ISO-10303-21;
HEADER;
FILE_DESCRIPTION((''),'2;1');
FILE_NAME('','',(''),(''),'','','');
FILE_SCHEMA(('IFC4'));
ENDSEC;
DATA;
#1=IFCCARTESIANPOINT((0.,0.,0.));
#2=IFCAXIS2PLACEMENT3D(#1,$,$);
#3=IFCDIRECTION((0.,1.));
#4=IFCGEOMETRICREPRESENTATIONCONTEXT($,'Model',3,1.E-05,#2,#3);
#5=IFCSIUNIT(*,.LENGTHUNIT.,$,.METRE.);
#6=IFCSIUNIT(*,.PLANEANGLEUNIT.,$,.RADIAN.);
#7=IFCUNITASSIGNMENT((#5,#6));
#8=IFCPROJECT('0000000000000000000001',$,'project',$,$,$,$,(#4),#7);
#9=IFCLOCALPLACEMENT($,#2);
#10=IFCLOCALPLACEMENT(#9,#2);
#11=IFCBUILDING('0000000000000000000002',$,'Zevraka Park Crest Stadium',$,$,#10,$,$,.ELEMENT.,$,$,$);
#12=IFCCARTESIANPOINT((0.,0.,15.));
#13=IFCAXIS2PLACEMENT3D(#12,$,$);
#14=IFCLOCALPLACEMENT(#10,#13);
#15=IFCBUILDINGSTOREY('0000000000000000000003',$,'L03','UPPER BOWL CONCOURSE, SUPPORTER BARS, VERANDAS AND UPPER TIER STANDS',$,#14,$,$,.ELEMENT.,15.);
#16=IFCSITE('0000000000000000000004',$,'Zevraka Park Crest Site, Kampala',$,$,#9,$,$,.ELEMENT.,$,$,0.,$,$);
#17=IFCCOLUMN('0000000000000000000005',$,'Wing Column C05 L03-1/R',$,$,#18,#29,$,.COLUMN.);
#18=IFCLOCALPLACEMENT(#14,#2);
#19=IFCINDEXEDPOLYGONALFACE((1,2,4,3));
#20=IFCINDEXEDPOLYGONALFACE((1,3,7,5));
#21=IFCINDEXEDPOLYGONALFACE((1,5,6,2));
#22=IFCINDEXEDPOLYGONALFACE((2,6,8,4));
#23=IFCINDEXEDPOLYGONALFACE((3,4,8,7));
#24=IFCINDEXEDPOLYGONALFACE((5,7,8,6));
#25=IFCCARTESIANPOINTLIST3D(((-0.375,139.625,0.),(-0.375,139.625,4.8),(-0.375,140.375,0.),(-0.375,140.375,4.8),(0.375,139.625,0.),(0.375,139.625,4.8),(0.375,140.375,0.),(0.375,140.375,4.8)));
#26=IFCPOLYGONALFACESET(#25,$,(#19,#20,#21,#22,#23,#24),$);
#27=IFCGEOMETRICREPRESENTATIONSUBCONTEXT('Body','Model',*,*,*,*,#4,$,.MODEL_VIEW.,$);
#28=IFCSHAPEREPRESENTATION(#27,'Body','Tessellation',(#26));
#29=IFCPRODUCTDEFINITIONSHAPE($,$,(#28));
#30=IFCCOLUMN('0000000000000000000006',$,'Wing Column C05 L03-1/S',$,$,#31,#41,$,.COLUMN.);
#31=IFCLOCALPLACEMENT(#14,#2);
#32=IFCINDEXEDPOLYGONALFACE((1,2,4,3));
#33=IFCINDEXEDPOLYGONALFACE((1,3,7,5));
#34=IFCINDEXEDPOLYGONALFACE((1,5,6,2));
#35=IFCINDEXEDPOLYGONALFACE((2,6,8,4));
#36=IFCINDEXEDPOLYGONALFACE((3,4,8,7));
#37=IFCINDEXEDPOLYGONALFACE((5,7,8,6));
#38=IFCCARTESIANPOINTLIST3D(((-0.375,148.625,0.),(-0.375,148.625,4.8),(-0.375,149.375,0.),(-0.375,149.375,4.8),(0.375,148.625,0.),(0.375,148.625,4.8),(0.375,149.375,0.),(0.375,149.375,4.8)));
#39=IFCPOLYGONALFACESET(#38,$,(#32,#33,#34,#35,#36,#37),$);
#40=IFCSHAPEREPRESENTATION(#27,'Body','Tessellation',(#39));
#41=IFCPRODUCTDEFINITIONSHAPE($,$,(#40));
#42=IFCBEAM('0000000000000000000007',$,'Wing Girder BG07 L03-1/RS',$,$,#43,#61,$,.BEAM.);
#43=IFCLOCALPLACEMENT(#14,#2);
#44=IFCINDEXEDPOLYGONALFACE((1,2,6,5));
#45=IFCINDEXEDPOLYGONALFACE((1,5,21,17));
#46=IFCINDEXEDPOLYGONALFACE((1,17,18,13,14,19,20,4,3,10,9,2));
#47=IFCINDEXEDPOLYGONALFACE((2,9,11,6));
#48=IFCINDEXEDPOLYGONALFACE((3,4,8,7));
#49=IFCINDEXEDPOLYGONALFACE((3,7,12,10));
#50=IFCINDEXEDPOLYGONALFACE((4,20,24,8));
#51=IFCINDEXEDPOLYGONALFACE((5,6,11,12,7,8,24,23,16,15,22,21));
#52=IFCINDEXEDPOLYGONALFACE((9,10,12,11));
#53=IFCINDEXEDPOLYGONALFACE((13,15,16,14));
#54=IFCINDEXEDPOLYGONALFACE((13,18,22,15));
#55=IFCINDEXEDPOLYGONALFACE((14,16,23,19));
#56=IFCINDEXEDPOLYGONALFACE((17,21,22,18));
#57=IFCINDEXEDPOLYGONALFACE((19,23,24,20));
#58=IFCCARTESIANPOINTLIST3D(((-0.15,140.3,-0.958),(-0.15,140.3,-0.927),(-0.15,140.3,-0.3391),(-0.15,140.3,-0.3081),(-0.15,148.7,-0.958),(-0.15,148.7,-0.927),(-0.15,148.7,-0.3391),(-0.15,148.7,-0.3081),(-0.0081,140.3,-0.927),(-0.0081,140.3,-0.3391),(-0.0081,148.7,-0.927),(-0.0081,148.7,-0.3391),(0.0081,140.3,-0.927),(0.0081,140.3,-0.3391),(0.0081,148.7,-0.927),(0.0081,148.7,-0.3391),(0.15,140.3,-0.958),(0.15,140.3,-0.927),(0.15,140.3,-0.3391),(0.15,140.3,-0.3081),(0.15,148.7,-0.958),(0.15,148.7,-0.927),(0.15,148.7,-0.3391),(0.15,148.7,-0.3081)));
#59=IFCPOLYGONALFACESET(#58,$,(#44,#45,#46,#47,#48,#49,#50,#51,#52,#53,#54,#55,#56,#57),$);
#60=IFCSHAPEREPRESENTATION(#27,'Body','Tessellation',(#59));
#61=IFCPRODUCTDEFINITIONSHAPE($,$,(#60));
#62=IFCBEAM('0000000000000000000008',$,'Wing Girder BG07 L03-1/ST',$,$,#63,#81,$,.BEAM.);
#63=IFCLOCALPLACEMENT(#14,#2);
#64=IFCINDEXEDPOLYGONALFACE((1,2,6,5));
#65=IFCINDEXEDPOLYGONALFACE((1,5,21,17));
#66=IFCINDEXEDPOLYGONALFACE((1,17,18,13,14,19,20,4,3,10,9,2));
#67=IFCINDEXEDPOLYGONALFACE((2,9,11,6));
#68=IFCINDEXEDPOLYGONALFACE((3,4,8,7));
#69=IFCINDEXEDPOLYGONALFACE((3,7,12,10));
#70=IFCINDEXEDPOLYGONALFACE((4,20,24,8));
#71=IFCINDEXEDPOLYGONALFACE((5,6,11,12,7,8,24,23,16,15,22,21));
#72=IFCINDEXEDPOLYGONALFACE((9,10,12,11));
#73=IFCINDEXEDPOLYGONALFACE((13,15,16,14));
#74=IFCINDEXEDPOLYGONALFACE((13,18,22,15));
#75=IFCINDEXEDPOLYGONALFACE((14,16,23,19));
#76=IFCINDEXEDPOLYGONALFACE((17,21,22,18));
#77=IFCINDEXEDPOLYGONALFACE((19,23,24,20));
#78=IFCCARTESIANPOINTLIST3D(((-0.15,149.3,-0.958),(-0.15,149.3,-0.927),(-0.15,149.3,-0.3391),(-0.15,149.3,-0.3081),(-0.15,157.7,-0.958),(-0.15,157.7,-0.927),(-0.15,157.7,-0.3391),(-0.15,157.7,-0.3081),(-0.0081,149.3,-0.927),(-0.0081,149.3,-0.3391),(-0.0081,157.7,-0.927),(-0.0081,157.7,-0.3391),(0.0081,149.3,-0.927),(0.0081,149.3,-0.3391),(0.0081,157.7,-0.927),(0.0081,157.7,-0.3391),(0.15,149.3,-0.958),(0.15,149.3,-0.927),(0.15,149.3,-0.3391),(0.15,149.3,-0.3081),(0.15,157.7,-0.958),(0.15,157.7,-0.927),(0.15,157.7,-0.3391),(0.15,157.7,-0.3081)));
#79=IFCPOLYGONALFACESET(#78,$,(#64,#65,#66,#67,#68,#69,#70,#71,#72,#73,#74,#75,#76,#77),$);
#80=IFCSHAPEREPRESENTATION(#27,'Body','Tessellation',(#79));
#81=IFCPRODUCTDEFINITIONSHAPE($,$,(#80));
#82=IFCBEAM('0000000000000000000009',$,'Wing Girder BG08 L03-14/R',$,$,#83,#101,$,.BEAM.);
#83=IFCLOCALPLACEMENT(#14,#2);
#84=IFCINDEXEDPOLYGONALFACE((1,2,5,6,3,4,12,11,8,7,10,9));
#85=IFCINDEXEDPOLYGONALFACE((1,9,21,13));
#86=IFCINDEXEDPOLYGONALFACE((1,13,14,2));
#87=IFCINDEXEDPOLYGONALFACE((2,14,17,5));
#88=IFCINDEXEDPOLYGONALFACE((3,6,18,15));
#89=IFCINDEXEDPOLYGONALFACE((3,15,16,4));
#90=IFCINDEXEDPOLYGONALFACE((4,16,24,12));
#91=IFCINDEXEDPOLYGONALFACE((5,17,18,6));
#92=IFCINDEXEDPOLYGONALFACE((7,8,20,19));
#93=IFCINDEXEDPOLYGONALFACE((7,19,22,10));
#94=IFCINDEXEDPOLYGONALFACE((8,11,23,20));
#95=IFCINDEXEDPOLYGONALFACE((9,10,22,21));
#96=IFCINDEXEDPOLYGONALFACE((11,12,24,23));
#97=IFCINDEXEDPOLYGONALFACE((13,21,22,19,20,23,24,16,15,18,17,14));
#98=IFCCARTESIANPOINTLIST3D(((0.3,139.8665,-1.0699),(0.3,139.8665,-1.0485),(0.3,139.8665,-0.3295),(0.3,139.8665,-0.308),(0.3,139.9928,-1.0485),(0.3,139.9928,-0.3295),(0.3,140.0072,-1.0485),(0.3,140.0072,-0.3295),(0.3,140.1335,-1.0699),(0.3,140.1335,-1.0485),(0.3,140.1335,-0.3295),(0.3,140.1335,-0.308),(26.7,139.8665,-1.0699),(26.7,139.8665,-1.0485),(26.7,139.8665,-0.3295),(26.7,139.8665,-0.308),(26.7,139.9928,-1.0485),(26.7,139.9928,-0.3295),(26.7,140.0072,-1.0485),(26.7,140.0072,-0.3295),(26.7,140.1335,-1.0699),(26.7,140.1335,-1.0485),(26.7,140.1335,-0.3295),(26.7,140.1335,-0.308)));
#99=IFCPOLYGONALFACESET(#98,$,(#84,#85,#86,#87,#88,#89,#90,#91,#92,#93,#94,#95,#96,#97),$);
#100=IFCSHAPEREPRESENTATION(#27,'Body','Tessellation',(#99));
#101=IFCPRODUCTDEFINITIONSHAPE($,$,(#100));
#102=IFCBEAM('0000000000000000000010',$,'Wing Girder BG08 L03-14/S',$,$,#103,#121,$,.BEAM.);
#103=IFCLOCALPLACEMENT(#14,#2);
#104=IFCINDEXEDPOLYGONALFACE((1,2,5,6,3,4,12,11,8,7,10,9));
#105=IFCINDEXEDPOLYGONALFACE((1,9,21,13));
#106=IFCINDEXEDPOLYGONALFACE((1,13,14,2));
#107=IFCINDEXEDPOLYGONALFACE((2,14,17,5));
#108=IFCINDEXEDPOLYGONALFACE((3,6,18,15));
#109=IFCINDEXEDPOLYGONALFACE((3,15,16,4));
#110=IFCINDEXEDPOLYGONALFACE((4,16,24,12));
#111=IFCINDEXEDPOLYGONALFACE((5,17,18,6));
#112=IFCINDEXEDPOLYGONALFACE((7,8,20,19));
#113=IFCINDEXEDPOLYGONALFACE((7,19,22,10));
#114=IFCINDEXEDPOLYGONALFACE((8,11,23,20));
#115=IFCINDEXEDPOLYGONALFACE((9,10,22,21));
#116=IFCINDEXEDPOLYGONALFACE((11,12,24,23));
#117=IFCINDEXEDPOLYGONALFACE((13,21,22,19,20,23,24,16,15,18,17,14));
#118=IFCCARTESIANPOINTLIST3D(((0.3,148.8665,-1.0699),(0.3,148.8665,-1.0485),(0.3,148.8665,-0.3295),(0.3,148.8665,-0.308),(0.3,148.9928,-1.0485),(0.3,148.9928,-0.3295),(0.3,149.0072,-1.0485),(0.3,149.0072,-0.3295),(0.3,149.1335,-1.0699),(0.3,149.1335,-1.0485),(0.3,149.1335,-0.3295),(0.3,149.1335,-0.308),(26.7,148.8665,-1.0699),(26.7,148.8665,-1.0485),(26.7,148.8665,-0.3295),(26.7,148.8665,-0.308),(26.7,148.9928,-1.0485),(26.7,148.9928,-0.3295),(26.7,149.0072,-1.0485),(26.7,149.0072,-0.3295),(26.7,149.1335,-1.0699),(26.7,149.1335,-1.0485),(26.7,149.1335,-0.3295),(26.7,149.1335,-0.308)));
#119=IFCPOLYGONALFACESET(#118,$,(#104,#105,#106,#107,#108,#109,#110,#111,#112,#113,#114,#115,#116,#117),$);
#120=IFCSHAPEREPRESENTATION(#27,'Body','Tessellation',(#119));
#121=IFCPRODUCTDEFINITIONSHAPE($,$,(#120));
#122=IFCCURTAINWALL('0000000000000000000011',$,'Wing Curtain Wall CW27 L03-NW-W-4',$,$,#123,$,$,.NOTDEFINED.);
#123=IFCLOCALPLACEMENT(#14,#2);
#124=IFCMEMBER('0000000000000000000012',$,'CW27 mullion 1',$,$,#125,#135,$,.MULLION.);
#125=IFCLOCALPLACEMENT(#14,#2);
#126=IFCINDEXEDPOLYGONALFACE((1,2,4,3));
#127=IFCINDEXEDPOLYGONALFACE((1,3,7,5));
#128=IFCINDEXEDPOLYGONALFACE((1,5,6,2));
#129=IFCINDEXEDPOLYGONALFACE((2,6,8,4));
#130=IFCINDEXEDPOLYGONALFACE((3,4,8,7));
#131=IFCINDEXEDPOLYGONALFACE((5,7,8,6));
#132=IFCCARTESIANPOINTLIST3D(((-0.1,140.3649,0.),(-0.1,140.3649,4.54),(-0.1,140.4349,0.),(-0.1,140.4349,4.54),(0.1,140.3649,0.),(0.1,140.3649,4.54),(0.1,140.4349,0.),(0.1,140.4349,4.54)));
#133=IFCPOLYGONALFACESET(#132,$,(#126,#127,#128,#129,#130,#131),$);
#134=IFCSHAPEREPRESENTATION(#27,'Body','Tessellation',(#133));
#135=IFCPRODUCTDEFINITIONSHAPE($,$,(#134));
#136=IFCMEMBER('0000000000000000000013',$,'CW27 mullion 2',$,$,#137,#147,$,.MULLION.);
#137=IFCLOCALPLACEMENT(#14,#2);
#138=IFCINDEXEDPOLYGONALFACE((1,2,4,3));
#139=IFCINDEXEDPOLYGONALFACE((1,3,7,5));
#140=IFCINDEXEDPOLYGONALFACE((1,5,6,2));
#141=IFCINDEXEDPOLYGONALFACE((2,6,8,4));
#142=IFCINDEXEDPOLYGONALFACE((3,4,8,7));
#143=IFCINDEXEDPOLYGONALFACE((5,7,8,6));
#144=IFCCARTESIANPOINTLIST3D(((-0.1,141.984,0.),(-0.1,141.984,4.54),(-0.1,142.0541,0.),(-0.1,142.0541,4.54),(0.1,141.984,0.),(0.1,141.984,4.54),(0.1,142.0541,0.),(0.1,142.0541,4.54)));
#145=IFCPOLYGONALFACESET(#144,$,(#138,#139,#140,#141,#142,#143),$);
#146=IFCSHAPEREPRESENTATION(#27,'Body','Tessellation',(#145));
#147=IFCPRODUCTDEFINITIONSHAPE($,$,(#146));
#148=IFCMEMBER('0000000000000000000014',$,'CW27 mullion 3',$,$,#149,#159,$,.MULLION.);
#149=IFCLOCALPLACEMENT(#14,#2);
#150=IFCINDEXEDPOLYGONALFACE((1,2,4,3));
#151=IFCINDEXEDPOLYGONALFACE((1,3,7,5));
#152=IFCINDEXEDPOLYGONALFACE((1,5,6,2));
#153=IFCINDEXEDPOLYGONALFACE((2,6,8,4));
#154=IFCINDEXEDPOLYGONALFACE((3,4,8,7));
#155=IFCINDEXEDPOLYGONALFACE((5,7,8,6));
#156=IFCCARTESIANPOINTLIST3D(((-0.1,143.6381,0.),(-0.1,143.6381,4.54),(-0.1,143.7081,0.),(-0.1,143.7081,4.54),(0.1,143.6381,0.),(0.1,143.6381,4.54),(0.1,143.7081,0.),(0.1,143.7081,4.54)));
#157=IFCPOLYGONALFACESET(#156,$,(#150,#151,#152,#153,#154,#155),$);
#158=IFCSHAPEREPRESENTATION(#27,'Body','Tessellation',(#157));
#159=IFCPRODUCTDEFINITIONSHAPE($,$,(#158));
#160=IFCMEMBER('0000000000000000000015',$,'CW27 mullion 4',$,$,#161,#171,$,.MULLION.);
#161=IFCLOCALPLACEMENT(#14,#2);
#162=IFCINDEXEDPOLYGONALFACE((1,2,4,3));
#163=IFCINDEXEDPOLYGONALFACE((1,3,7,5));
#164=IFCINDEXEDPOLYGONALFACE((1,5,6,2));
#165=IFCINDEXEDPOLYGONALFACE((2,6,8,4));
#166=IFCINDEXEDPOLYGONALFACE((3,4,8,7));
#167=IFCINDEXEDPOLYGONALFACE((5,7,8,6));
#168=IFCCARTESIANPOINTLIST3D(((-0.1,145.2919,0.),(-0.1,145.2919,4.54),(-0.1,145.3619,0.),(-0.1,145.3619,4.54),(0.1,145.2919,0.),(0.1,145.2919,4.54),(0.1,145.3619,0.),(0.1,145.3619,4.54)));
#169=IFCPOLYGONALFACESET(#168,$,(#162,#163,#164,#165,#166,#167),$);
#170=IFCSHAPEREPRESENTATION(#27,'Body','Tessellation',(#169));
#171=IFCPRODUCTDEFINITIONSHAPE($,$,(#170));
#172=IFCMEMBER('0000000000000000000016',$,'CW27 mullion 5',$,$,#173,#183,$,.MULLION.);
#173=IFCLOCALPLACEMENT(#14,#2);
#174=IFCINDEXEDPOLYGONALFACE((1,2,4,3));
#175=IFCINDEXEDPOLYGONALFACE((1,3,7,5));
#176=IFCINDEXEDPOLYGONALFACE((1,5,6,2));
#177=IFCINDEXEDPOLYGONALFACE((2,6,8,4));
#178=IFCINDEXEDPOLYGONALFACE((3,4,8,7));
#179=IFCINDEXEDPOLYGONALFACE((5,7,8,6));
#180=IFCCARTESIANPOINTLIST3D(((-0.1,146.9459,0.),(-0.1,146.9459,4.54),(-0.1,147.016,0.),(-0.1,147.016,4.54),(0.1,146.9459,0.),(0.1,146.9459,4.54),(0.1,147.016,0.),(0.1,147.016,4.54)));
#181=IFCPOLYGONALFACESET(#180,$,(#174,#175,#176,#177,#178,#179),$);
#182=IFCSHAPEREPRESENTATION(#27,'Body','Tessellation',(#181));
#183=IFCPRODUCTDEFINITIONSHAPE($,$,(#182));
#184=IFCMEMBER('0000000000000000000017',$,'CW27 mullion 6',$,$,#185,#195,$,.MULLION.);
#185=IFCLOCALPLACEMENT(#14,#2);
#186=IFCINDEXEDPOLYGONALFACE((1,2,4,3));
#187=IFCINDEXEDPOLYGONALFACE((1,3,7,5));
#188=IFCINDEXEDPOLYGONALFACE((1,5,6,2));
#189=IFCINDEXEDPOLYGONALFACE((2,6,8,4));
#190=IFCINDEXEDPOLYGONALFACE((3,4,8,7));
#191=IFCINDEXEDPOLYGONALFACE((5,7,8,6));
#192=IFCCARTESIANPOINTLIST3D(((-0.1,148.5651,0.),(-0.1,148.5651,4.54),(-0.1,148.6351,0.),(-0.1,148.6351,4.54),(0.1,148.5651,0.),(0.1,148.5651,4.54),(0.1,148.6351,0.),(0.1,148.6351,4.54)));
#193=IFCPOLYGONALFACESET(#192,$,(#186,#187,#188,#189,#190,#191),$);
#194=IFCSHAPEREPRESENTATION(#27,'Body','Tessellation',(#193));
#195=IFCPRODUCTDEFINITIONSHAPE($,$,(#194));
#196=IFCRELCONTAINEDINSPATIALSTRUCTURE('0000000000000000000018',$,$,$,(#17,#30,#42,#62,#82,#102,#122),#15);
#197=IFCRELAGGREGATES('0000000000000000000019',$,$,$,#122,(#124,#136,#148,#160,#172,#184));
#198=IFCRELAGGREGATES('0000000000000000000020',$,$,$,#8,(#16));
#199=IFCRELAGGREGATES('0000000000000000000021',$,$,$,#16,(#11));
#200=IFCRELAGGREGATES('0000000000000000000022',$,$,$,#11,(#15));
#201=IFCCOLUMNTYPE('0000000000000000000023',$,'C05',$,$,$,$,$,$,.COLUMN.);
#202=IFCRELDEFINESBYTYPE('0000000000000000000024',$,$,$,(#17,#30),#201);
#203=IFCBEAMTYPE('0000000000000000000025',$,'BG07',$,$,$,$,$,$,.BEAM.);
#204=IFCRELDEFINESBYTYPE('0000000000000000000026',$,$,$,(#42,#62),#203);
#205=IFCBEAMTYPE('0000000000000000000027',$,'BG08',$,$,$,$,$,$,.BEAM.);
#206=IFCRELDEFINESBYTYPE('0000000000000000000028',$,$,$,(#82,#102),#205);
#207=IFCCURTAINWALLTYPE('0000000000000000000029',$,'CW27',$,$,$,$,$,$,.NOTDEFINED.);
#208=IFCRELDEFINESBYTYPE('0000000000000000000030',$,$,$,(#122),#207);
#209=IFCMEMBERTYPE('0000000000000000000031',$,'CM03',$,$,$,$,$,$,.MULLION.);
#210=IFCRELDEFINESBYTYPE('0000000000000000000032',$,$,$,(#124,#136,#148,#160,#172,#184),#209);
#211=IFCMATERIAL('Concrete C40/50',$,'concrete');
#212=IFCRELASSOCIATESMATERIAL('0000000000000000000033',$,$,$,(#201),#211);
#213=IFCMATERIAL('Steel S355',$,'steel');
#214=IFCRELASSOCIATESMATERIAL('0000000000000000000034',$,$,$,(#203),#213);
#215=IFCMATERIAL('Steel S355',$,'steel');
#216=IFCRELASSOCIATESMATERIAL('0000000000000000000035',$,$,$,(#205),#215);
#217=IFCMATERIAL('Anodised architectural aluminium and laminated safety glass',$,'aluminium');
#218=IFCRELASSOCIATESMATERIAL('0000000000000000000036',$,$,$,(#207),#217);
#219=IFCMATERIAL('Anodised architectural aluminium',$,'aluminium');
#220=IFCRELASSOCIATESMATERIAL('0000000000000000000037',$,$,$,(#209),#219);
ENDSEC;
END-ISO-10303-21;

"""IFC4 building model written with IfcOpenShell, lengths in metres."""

from ifc_helpers import new_model, si_unit, direction, frame, origin, origin_2d, place, context, subcontext, project, spatial, rectangle, i_section, extrude, material, material_profile, profile_set, type_object, element, aggregate, save


model = new_model("IFC4")

# Units and contexts
model_context = context("Model", 3, precision=1e-05, world=origin(), true_north=direction((0.0, 1.0)))
body_context = subcontext(model_context, "Body", "Model", "MODEL_VIEW")
ifc_project = project(units=[si_unit("LENGTHUNIT", "METRE"), si_unit("PLANEANGLEUNIT", "RADIAN")], contexts=[model_context])

# Site, building, storey
site_placement = place(None, origin())
site = spatial("IfcSite", under=ifc_project, at=site_placement, Name="Zevraka Park Crest Site, Kampala", CompositionType="ELEMENT", RefElevation=0.0)
building_placement = place(site_placement, origin())
building = spatial("IfcBuilding", under=site, at=building_placement, Name="Zevraka Park Crest Stadium", CompositionType="ELEMENT")
storey_placement = place(building_placement, frame((0.0, 0.0, 15.0)))
storey = spatial("IfcBuildingStorey", under=building, at=storey_placement, Name="L03", Description="UPPER BOWL CONCOURSE, SUPPORTER BARS, VERANDAS AND UPPER TIER STANDS", CompositionType="ELEMENT", Elevation=15.0)

# Columns
ifc_material_1 = material(Name="Concrete C40/50", Category="concrete")
ifc_material_profile_1 = material_profile(ifc_material_1, rectangle(XDim=0.75, YDim=0.75, at=origin_2d()), Name="RC 750x750")
ifc_profile_set_1 = profile_set([ifc_material_profile_1], Name="Concrete C40/50")
column_type = type_object("IfcColumnType", Name="C05", PredefinedType="COLUMN", material=ifc_profile_set_1)
for number, where, z_axis, x_axis, name in (
    (1, (0.0, 140.0, 0.0), (0.0, 0.0, 1.0), (1.0, 0.0, 0.0), "Wing Column C05 L03-1/R"),
    (2, (0.0, 149.0, 0.0), (0.0, 0.0, 1.0), (1.0, 0.0, 0.0), "Wing Column C05 L03-1/S"),
):
    element("IfcColumn", number, at=place(storey_placement, frame(where, z_axis=z_axis, x_axis=x_axis)), inside=storey, type_object=column_type, Name=name, PredefinedType="COLUMN", context=body_context, shape_type="SweptSolid", body=[
        extrude(rectangle(XDim=0.75, YDim=0.75, at=origin_2d()), origin(), (0.0, 0.0, 1.0), 4.8),
    ])

# Beams
ifc_material_2 = material(Name="Steel S355", Category="steel")
ifc_material_profile_2 = material_profile(ifc_material_2, i_section(OverallWidth=0.3, OverallDepth=0.6499, WebThickness=0.0161, FlangeThickness=0.031, at=origin_2d()), Name="HEB 650")
ifc_profile_set_2 = profile_set([ifc_material_profile_2], Name="Steel S355")
beam_type_1 = type_object("IfcBeamType", Name="BG07", PredefinedType="BEAM", material=ifc_profile_set_2)
for number, where, z_axis, x_axis, name in (
    (3, (0.0, 140.3, -0.6331), (0.0, 1.0, 0.0), (-1.0, 0.0, 0.0), "Wing Girder BG07 L03-1/RS"),
    (4, (0.0, 149.3, -0.6331), (0.0, 1.0, 0.0), (-1.0, 0.0, 0.0), "Wing Girder BG07 L03-1/ST"),
):
    element("IfcBeam", number, at=place(storey_placement, frame(where, z_axis=z_axis, x_axis=x_axis)), inside=storey, type_object=beam_type_1, Name=name, PredefinedType="BEAM", context=body_context, shape_type="SweptSolid", body=[
        extrude(i_section(OverallWidth=0.3, OverallDepth=0.6499, WebThickness=0.0161, FlangeThickness=0.031, at=origin_2d()), origin(), (0.0, 0.0, 1.0), 8.3999),
    ])
ifc_material_3 = material(Name="Steel S355", Category="steel")
ifc_material_profile_3 = material_profile(ifc_material_3, i_section(OverallWidth=0.2671, OverallDepth=0.762, WebThickness=0.0144, FlangeThickness=0.0215, at=origin_2d()), Name="UKB 762x267x173")
ifc_profile_set_3 = profile_set([ifc_material_profile_3], Name="Steel S355")
beam_type_2 = type_object("IfcBeamType", Name="BG08", PredefinedType="BEAM", material=ifc_profile_set_3)
for number, where, z_axis, x_axis, name in (
    (5, (0.3, 140.0, -0.689), (1.0, 0.0, 0.0), (0.0, 1.0, 0.0), "Wing Girder BG08 L03-14/R"),
    (6, (0.3, 149.0, -0.689), (1.0, 0.0, 0.0), (0.0, 1.0, 0.0), "Wing Girder BG08 L03-14/S"),
):
    element("IfcBeam", number, at=place(storey_placement, frame(where, z_axis=z_axis, x_axis=x_axis)), inside=storey, type_object=beam_type_2, Name=name, PredefinedType="BEAM", context=body_context, shape_type="SweptSolid", body=[
        extrude(i_section(OverallWidth=0.2671, OverallDepth=0.762, WebThickness=0.0144, FlangeThickness=0.0215, at=origin_2d()), origin(), (0.0, 0.0, 1.0), 26.3999),
    ])

# Curtain wall, members
ifc_material_4 = material(Name="Anodised architectural aluminium and laminated safety glass", Category="aluminium")
curtain_wall_type = type_object("IfcCurtainWallType", Name="CW27", PredefinedType="NOTDEFINED", material=ifc_material_4)
curtain_wall_placement = place(storey_placement, origin())
curtain_wall = element("IfcCurtainWall", 7, at=curtain_wall_placement, inside=storey, type_object=curtain_wall_type, Name="Wing Curtain Wall CW27 L03-NW-W-4", PredefinedType="NOTDEFINED")
ifc_material_5 = material(Name="Anodised architectural aluminium", Category="aluminium")
ifc_material_profile_4 = material_profile(ifc_material_5, rectangle(XDim=0.2, YDim=0.0701, at=origin_2d()), Name="ALU MULLION 200x70")
ifc_profile_set_4 = profile_set([ifc_material_profile_4], Name="Anodised architectural aluminium")
member_type_1 = type_object("IfcMemberType", Name="CM03", PredefinedType="MULLION", material=ifc_profile_set_4)
member_1_placement = place(storey_placement, frame((0.0, 140.3999, 0.0), z_axis=(0.0, 0.0, 1.0), x_axis=(-1.0, 0.0, 0.0)))
member_1 = element("IfcMember", 8, at=member_1_placement, type_object=member_type_1, Name="CW27 mullion 1", PredefinedType="MULLION", context=body_context, shape_type="SweptSolid", body=[
    extrude(rectangle(XDim=0.2, YDim=0.0701, at=origin_2d()), origin(), (0.0, 0.0, 1.0), 4.54),
])
member_2_placement = place(storey_placement, frame((0.0, 142.019, 0.0), z_axis=(0.0, 0.0, 1.0), x_axis=(-1.0, 0.0, 0.0)))
member_2 = element("IfcMember", 9, at=member_2_placement, type_object=member_type_1, Name="CW27 mullion 2", PredefinedType="MULLION", context=body_context, shape_type="SweptSolid", body=[
    extrude(rectangle(XDim=0.2, YDim=0.0701, at=origin_2d()), origin(), (0.0, 0.0, 1.0), 4.54),
])
member_3_placement = place(storey_placement, frame((0.0, 143.6731, 0.0), z_axis=(0.0, 0.0, 1.0), x_axis=(-1.0, 0.0, 0.0)))
member_3 = element("IfcMember", 10, at=member_3_placement, type_object=member_type_1, Name="CW27 mullion 3", PredefinedType="MULLION", context=body_context, shape_type="SweptSolid", body=[
    extrude(rectangle(XDim=0.2, YDim=0.0701, at=origin_2d()), origin(), (0.0, 0.0, 1.0), 4.54),
])
member_4_placement = place(storey_placement, frame((0.0, 145.3269, 0.0), z_axis=(0.0, 0.0, 1.0), x_axis=(-1.0, 0.0, 0.0)))
member_4 = element("IfcMember", 11, at=member_4_placement, type_object=member_type_1, Name="CW27 mullion 4", PredefinedType="MULLION", context=body_context, shape_type="SweptSolid", body=[
    extrude(rectangle(XDim=0.2, YDim=0.0701, at=origin_2d()), origin(), (0.0, 0.0, 1.0), 4.54),
])
member_5_placement = place(storey_placement, frame((0.0, 146.981, 0.0), z_axis=(0.0, 0.0, 1.0), x_axis=(-1.0, 0.0, 0.0)))
member_5 = element("IfcMember", 12, at=member_5_placement, type_object=member_type_1, Name="CW27 mullion 5", PredefinedType="MULLION", context=body_context, shape_type="SweptSolid", body=[
    extrude(rectangle(XDim=0.2, YDim=0.0701, at=origin_2d()), origin(), (0.0, 0.0, 1.0), 4.54),
])
member_6_placement = place(storey_placement, frame((0.0, 148.6001, 0.0), z_axis=(0.0, 0.0, 1.0), x_axis=(-1.0, 0.0, 0.0)))
member_6 = element("IfcMember", 13, at=member_6_placement, type_object=member_type_1, Name="CW27 mullion 6", PredefinedType="MULLION", context=body_context, shape_type="SweptSolid", body=[
    extrude(rectangle(XDim=0.2, YDim=0.0701, at=origin_2d()), origin(), (0.0, 0.0, 1.0), 4.54),
])
aggregate(curtain_wall, [member_1, member_2, member_3, member_4, member_5, member_6])

save(model, "model.ifc")
